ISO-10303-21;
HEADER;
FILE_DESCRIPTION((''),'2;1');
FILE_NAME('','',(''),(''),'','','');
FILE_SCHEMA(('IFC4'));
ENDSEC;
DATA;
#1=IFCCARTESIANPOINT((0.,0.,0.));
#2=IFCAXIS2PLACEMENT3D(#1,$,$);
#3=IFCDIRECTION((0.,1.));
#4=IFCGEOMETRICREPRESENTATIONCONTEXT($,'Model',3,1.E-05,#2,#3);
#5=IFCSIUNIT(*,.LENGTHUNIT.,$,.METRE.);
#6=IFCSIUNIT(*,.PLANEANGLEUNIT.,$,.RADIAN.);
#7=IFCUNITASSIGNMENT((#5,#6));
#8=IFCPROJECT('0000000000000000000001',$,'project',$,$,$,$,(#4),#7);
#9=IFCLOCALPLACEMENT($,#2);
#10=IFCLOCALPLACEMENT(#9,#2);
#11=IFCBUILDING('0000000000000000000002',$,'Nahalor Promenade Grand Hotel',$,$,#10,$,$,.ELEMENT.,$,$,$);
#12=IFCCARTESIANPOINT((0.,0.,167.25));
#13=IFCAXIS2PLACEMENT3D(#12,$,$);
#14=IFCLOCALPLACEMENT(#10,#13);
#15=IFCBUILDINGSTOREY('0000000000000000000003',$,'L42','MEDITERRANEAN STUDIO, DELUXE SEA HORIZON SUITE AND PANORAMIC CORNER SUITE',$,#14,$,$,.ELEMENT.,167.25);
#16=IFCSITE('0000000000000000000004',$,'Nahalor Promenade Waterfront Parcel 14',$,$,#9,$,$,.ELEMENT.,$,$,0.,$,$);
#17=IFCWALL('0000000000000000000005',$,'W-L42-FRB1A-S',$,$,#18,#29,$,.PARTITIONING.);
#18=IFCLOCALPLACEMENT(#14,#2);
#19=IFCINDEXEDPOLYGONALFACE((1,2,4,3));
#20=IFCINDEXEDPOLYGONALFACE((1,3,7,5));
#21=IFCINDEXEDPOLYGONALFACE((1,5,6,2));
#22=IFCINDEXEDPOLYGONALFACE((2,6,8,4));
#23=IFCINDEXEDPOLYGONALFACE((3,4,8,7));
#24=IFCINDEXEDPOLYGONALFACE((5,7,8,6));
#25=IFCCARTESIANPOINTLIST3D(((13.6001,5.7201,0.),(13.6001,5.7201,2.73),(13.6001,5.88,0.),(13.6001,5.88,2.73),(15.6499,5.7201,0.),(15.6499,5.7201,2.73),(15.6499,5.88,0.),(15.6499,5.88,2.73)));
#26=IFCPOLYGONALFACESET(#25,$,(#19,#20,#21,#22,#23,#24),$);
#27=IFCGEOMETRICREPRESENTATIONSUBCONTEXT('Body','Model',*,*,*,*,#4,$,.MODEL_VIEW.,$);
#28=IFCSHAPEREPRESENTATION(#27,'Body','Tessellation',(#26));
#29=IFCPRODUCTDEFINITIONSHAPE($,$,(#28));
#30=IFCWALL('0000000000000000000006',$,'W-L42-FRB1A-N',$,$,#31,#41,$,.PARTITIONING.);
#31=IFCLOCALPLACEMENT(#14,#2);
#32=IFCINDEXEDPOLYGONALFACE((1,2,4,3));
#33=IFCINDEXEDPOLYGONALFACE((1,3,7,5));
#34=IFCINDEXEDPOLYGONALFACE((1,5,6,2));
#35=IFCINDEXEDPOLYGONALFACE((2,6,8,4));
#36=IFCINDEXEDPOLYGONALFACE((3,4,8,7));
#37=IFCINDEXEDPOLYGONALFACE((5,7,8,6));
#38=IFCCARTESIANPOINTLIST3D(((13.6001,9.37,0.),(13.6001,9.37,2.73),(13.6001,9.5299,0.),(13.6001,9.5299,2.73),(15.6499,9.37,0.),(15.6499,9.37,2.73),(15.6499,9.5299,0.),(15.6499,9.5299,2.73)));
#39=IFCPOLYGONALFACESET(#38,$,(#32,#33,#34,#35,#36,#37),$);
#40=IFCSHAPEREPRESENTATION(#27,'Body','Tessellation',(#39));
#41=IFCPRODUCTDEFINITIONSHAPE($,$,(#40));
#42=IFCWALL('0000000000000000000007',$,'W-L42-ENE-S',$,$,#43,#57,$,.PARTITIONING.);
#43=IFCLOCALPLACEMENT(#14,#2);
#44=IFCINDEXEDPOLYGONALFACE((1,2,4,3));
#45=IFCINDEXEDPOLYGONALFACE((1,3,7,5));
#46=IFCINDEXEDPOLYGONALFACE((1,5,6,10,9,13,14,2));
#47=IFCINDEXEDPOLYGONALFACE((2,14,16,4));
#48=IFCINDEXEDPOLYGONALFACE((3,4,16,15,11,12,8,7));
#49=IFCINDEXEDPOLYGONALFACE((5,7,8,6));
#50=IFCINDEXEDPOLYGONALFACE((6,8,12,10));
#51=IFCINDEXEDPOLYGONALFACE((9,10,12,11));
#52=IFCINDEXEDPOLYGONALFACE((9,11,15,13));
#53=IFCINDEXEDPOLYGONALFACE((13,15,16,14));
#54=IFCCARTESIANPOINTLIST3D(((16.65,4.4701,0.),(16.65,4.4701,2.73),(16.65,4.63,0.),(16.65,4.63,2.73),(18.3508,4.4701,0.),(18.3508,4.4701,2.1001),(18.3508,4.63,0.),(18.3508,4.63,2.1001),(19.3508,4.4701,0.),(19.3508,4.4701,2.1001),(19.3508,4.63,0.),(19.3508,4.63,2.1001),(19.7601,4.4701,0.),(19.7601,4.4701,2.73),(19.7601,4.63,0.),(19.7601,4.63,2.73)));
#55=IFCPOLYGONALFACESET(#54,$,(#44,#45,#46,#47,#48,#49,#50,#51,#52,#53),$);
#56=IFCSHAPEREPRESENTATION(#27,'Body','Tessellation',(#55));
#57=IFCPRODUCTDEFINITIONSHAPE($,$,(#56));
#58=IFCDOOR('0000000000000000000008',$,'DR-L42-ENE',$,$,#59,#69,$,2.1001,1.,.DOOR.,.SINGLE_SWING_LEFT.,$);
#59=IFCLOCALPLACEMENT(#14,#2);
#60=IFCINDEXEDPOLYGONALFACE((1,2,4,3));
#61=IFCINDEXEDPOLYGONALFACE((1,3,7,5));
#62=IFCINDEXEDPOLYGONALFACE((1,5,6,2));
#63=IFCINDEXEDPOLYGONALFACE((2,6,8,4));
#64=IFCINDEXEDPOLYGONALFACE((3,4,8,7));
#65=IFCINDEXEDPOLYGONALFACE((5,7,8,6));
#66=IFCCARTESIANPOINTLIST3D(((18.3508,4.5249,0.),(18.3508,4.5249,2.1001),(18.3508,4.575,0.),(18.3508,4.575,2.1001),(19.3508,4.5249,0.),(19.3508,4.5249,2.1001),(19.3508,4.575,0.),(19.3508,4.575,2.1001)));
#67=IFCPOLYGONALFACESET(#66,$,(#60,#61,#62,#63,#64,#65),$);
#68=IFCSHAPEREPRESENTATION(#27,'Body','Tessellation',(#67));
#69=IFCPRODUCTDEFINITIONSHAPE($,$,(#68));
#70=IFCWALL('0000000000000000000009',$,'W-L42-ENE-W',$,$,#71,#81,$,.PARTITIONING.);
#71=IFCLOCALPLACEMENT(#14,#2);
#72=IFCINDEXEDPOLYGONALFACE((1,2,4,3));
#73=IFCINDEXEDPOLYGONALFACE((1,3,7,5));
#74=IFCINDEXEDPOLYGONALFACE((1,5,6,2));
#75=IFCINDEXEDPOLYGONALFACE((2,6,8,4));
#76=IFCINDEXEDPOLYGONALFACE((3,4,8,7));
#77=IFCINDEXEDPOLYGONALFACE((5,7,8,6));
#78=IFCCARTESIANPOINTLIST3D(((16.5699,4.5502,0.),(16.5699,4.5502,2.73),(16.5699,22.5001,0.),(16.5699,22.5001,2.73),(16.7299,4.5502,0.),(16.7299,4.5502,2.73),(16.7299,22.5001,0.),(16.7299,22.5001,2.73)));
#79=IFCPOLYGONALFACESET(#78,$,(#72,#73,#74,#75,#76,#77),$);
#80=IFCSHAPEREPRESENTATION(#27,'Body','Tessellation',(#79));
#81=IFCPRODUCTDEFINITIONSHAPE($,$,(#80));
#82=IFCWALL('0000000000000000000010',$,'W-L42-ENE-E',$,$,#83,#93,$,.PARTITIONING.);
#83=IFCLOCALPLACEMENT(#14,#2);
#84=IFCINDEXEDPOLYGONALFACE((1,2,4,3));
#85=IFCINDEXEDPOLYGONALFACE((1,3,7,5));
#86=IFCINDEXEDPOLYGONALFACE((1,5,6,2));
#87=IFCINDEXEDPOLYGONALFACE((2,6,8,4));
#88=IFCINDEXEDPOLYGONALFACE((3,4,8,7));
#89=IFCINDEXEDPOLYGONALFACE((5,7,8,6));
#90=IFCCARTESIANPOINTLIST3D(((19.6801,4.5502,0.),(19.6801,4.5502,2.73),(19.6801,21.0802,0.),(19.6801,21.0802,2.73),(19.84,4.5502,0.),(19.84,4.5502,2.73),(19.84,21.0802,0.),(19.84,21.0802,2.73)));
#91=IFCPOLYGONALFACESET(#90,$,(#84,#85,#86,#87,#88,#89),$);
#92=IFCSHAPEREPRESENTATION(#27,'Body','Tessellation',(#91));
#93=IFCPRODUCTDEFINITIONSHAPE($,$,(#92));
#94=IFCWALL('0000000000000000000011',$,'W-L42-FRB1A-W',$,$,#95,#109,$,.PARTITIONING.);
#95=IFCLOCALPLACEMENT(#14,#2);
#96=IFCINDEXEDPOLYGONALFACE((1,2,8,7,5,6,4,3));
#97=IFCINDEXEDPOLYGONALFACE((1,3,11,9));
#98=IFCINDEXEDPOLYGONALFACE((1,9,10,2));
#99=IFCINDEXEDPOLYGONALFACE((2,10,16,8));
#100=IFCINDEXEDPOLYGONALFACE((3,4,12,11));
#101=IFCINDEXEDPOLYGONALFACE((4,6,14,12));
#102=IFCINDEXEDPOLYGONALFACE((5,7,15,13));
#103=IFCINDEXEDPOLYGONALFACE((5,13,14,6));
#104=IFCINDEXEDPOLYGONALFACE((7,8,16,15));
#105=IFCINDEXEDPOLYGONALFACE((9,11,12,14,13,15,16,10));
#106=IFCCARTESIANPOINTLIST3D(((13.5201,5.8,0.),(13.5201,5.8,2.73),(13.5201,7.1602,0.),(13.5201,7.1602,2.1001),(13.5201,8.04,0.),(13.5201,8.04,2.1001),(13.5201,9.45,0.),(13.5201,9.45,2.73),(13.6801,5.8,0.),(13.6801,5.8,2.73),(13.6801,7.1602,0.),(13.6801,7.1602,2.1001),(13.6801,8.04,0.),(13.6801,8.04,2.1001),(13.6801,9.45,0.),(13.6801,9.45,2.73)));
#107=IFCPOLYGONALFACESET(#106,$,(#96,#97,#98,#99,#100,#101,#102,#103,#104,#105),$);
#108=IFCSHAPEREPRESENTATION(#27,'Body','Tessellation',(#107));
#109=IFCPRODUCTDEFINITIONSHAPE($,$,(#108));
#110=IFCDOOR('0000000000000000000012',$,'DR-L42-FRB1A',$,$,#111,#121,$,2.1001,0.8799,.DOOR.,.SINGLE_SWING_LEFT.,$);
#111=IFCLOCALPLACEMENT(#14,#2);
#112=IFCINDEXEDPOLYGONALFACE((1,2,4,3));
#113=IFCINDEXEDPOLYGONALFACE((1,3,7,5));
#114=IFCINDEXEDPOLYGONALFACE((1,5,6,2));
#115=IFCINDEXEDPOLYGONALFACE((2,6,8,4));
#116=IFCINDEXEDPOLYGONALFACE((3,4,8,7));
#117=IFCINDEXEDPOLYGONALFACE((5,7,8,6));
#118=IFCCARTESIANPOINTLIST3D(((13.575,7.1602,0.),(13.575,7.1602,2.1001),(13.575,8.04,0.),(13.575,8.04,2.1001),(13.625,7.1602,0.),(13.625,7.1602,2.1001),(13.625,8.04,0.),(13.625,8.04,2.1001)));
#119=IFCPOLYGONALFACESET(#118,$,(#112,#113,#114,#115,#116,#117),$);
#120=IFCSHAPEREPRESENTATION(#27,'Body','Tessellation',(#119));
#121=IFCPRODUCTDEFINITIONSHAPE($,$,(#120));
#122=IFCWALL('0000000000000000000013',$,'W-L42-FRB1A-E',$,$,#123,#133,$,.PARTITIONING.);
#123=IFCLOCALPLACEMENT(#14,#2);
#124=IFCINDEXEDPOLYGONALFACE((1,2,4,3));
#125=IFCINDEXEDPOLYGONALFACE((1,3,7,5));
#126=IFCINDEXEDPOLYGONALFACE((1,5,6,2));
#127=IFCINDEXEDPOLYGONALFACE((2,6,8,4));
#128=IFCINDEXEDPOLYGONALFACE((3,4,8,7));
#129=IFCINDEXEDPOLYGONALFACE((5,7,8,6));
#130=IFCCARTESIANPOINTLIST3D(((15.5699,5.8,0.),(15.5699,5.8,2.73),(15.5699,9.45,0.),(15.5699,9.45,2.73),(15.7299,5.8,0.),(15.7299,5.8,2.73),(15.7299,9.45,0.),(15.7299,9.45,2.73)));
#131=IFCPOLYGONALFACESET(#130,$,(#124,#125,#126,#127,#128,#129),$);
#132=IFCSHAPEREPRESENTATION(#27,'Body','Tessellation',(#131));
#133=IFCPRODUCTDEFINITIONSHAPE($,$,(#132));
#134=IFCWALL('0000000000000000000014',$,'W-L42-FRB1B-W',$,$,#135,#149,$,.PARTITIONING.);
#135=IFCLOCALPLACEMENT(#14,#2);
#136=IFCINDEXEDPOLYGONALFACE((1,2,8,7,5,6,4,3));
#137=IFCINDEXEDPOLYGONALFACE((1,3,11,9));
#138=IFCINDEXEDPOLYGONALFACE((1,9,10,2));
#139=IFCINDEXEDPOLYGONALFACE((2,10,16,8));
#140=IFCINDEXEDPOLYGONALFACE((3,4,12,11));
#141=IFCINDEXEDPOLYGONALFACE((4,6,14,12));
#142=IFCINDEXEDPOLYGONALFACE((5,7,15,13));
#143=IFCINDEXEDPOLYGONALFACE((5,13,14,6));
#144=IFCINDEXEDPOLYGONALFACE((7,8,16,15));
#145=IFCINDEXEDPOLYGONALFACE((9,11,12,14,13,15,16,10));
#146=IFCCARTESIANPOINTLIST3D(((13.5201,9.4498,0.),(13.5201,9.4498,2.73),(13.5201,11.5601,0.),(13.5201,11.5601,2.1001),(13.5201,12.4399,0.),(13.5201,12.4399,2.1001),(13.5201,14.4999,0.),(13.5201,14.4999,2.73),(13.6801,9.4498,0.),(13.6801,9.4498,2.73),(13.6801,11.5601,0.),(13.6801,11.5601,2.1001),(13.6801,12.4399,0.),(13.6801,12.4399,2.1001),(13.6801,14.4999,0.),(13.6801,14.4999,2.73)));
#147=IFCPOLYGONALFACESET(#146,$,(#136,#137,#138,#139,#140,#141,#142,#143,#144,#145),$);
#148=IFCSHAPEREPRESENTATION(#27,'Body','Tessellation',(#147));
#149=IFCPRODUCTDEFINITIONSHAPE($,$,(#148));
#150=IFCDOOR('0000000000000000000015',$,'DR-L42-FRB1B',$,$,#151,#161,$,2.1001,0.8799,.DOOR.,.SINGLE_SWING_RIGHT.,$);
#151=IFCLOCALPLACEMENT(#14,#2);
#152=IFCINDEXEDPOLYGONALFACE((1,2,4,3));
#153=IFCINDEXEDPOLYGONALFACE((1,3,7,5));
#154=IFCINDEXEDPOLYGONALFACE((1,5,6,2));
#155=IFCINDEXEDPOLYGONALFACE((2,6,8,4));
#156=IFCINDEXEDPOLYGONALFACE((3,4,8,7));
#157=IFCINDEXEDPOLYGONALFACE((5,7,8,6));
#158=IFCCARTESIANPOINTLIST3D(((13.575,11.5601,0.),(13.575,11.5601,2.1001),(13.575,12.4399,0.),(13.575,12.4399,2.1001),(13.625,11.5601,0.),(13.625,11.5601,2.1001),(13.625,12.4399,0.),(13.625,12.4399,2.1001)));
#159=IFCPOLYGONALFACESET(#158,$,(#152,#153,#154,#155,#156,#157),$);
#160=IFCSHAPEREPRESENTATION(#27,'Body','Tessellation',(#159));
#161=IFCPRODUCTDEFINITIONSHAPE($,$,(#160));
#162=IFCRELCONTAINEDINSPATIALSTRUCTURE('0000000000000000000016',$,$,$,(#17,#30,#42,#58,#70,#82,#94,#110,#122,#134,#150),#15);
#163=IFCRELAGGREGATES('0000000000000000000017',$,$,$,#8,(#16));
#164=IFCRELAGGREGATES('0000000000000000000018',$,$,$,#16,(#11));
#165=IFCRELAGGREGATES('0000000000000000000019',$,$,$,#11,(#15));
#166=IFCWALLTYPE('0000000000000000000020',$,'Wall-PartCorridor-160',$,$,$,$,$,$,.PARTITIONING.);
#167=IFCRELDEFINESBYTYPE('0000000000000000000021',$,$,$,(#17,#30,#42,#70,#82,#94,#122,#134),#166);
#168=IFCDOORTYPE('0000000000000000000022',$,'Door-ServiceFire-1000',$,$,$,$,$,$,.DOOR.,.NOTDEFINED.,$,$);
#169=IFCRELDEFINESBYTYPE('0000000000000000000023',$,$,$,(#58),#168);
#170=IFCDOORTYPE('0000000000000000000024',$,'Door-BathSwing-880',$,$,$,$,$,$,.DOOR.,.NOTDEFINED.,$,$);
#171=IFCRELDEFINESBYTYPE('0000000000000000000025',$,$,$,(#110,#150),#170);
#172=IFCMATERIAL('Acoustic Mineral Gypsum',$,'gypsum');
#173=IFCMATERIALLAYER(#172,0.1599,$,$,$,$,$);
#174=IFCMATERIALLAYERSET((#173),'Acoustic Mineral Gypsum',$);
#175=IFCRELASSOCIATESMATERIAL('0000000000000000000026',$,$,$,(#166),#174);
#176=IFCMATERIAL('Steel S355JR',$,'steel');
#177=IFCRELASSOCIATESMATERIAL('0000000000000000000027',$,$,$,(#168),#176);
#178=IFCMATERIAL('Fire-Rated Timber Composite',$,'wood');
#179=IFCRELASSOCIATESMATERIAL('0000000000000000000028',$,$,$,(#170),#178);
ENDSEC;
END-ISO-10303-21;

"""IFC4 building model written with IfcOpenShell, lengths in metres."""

from ifc_helpers import new_model, si_unit, direction, frame, frame_2d, origin, place, context, subcontext, project, spatial, rectangle, extrude, source, transform, mapped, material, layer, layer_set, type_object, element, fill, save


model = new_model("IFC4")

# Units and contexts
model_context = context("Model", 3, precision=1e-05, world=origin(), true_north=direction((0.0, 1.0)))
body_context = subcontext(model_context, "Body", "Model", "MODEL_VIEW")
ifc_project = project(units=[si_unit("LENGTHUNIT", "METRE"), si_unit("PLANEANGLEUNIT", "RADIAN")], contexts=[model_context])

# Site, building, storey
site_placement = place(None, origin())
site = spatial("IfcSite", under=ifc_project, at=site_placement, Name="Nahalor Promenade Waterfront Parcel 14", CompositionType="ELEMENT", RefElevation=0.0)
building_placement = place(site_placement, origin())
building = spatial("IfcBuilding", under=site, at=building_placement, Name="Nahalor Promenade Grand Hotel", CompositionType="ELEMENT")
storey_placement = place(building_placement, frame((0.0, 0.0, 167.25)))
storey = spatial("IfcBuildingStorey", under=building, at=storey_placement, Name="L42", Description="MEDITERRANEAN STUDIO, DELUXE SEA HORIZON SUITE AND PANORAMIC CORNER SUITE", CompositionType="ELEMENT", Elevation=167.25)

# Shared definitions
ifc_material_1 = material(Name="Steel S355JR", Category="steel")

# Walls
ifc_material_2 = material(Name="Acoustic Mineral Gypsum", Category="gypsum")
ifc_layer_1 = layer(ifc_material_2, 0.1599)
ifc_layer_set_1 = layer_set([ifc_layer_1], Name="Acoustic Mineral Gypsum")
wall_type_1 = type_object("IfcWallType", Name="Wall-PartCorridor-160", PredefinedType="PARTITIONING", material=ifc_layer_set_1)
shared_shape_1 = source(origin(), body_context, "Body", "SweptSolid", [
    extrude(rectangle(XDim=2.0498, YDim=0.1599, at=frame_2d((1.0249, 0.0))), origin(), (0.0, 0.0, 1.0), 2.73),
])
for number, where, z_axis, x_axis, name in (
    (1, (13.6001, 5.8, 0.0), (0.0, 0.0, 1.0), (1.0, 0.0, 0.0), "W-L42-FRB1A-S"),
    (2, (13.6001, 9.45, 0.0), (0.0, 0.0, 1.0), (1.0, 0.0, 0.0), "W-L42-FRB1A-N"),
):
    element("IfcWall", number, at=place(storey_placement, frame(where, z_axis=z_axis, x_axis=x_axis)), inside=storey, type_object=wall_type_1, Name=name, PredefinedType="PARTITIONING", context=body_context, shape_type="MappedRepresentation", body=[
        mapped(shared_shape_1, transform((0.0, 0.0, 0.0), scale=1.0)),
    ])

# Wall, opening, door
shared_shape_2 = source(origin(), body_context, "Body", "SweptSolid", [
    extrude(rectangle(XDim=3.1101, YDim=0.1599, at=frame_2d((1.5552, 0.0))), origin(), (0.0, 0.0, 1.0), 2.73),
])
wall_1_placement = place(storey_placement, frame((16.6499, 4.55, 0.0), z_axis=(0.0, 0.0, 1.0), x_axis=(1.0, 0.0, 0.0)))
wall_1 = element("IfcWall", 3, at=wall_1_placement, inside=storey, type_object=wall_type_1, Name="W-L42-ENE-S", PredefinedType="PARTITIONING", context=body_context, shape_type="MappedRepresentation", body=[
    mapped(shared_shape_2, transform((0.0, 0.0, 0.0), scale=1.0)),
])
opening_1_placement = place(wall_1_placement, frame((1.7009, 0.0, 0.0)))
opening_1 = element("IfcOpeningElement", 4, at=opening_1_placement, cuts=wall_1, PredefinedType="OPENING", context=body_context, shape_type="SweptSolid", body=[
    extrude(rectangle(XDim=1.0, YDim=2.1001, at=frame_2d((0.5, 1.05))), frame((0.0, 0.0898, 0.0), z_axis=(0.0, -1.0, 0.0), x_axis=(1.0, 0.0, 0.0)), (0.0, 0.0, 1.0), 0.1799),
])
door_type_1 = type_object("IfcDoorType", Name="Door-ServiceFire-1000", OperationType="NOTDEFINED", PredefinedType="DOOR", material=ifc_material_1)
shared_shape_3 = source(origin(), body_context, "Body", "SweptSolid", [
    extrude(rectangle(XDim=1.0, YDim=2.1001, at=frame_2d((0.5, 1.05))), frame((0.0, 0.0249, 0.0), z_axis=(0.0, -1.0, 0.0), x_axis=(1.0, 0.0, 0.0)), (0.0, 0.0, 1.0), 0.05),
])
door_1_placement = place(opening_1_placement, origin())
door_1 = element("IfcDoor", 5, at=door_1_placement, inside=storey, type_object=door_type_1, Name="DR-L42-ENE", OperationType="SINGLE_SWING_LEFT", OverallHeight=2.1001, OverallWidth=1.0, PredefinedType="DOOR", context=body_context, shape_type="MappedRepresentation", body=[
    mapped(shared_shape_3, transform((0.0, 0.0, 0.0), scale=1.0)),
])
fill(opening_1, door_1)

# Walls
shared_shape_4 = source(origin(), body_context, "Body", "SweptSolid", [
    extrude(rectangle(XDim=17.95, YDim=0.1599, at=frame_2d((8.9751, 0.0))), origin(), (0.0, 0.0, 1.0), 2.73),
])
wall_2_placement = place(storey_placement, frame((16.6499, 4.55, 0.0), z_axis=(0.0, 0.0, 1.0), x_axis=(0.0, 1.0, 0.0)))
element("IfcWall", 6, at=wall_2_placement, inside=storey, type_object=wall_type_1, Name="W-L42-ENE-W", PredefinedType="PARTITIONING", context=body_context, shape_type="MappedRepresentation", body=[
    mapped(shared_shape_4, transform((0.0, 0.0, 0.0), scale=1.0)),
])
shared_shape_5 = source(origin(), body_context, "Body", "SweptSolid", [
    extrude(rectangle(XDim=16.53, YDim=0.1599, at=frame_2d((8.2651, 0.0))), origin(), (0.0, 0.0, 1.0), 2.73),
])
wall_3_placement = place(storey_placement, frame((19.76, 4.55, 0.0), z_axis=(0.0, 0.0, 1.0), x_axis=(0.0, 1.0, 0.0)))
element("IfcWall", 7, at=wall_3_placement, inside=storey, type_object=wall_type_1, Name="W-L42-ENE-E", PredefinedType="PARTITIONING", context=body_context, shape_type="MappedRepresentation", body=[
    mapped(shared_shape_5, transform((0.0, 0.0, 0.0), scale=1.0)),
])

# Wall, opening, door
shared_shape_6 = source(origin(), body_context, "Body", "SweptSolid", [
    extrude(rectangle(XDim=3.6499, YDim=0.1599, at=frame_2d((1.825, 0.0))), origin(), (0.0, 0.0, 1.0), 2.73),
])
wall_4_placement = place(storey_placement, frame((13.6001, 5.8, 0.0), z_axis=(0.0, 0.0, 1.0), x_axis=(0.0, 1.0, 0.0)))
wall_4 = element("IfcWall", 8, at=wall_4_placement, inside=storey, type_object=wall_type_1, Name="W-L42-FRB1A-W", PredefinedType="PARTITIONING", context=body_context, shape_type="MappedRepresentation", body=[
    mapped(shared_shape_6, transform((0.0, 0.0, 0.0), scale=1.0)),
])
opening_2_placement = place(wall_4_placement, frame((1.3601, 0.0, 0.0)))
opening_2 = element("IfcOpeningElement", 9, at=opening_2_placement, cuts=wall_4, PredefinedType="OPENING", context=body_context, shape_type="SweptSolid", body=[
    extrude(rectangle(XDim=0.8799, YDim=2.1001, at=frame_2d((0.4399, 1.05))), frame((0.0, 0.0898, 0.0), z_axis=(0.0, -1.0, 0.0), x_axis=(1.0, 0.0, 0.0)), (0.0, 0.0, 1.0), 0.1799),
])
ifc_material_3 = material(Name="Fire-Rated Timber Composite", Category="wood")
door_type_2 = type_object("IfcDoorType", Name="Door-BathSwing-880", OperationType="NOTDEFINED", PredefinedType="DOOR", material=ifc_material_3)
shared_shape_7 = source(origin(), body_context, "Body", "SweptSolid", [
    extrude(rectangle(XDim=0.8799, YDim=2.1001, at=frame_2d((0.4399, 1.05))), frame((0.0, 0.0249, 0.0), z_axis=(0.0, -1.0, 0.0), x_axis=(1.0, 0.0, 0.0)), (0.0, 0.0, 1.0), 0.05),
])
door_2_placement = place(opening_2_placement, frame((0.8799, 0.0, 0.0), z_axis=(0.0, 0.0, 1.0), x_axis=(-1.0, 0.0, 0.0)))
door_2 = element("IfcDoor", 10, at=door_2_placement, inside=storey, type_object=door_type_2, Name="DR-L42-FRB1A", OperationType="SINGLE_SWING_LEFT", OverallHeight=2.1001, OverallWidth=0.8799, PredefinedType="DOOR", context=body_context, shape_type="MappedRepresentation", body=[
    mapped(shared_shape_7, transform((0.0, 0.0, 0.0), scale=1.0)),
])
fill(opening_2, door_2)

# Wall
wall_5_placement = place(storey_placement, frame((15.6499, 5.8, 0.0), z_axis=(0.0, 0.0, 1.0), x_axis=(0.0, 1.0, 0.0)))
element("IfcWall", 11, at=wall_5_placement, inside=storey, type_object=wall_type_1, Name="W-L42-FRB1A-E", PredefinedType="PARTITIONING", context=body_context, shape_type="MappedRepresentation", body=[
    mapped(shared_shape_6, transform((0.0, 0.0, 0.0), scale=1.0)),
])

# Wall, opening, door
shared_shape_8 = source(origin(), body_context, "Body", "SweptSolid", [
    extrude(rectangle(XDim=5.05, YDim=0.1599, at=frame_2d((2.5249, 0.0))), origin(), (0.0, 0.0, 1.0), 2.73),
])
wall_6_placement = place(storey_placement, frame((13.6001, 9.45, 0.0), z_axis=(0.0, 0.0, 1.0), x_axis=(0.0, 1.0, 0.0)))
wall_6 = element("IfcWall", 12, at=wall_6_placement, inside=storey, type_object=wall_type_1, Name="W-L42-FRB1B-W", PredefinedType="PARTITIONING", context=body_context, shape_type="MappedRepresentation", body=[
    mapped(shared_shape_8, transform((0.0, 0.0, 0.0), scale=1.0)),
])
opening_3_placement = place(wall_6_placement, frame((2.1101, 0.0, 0.0)))
opening_3 = element("IfcOpeningElement", 13, at=opening_3_placement, cuts=wall_6, PredefinedType="OPENING", context=body_context, shape_type="SweptSolid", body=[
    extrude(rectangle(XDim=0.8799, YDim=2.1001, at=frame_2d((0.4399, 1.05))), frame((0.0, 0.0898, 0.0), z_axis=(0.0, -1.0, 0.0), x_axis=(1.0, 0.0, 0.0)), (0.0, 0.0, 1.0), 0.1799),
])
door_3_placement = place(opening_3_placement, frame((0.8799, 0.0, 0.0), z_axis=(0.0, 0.0, 1.0), x_axis=(-1.0, 0.0, 0.0)))
door_3 = element("IfcDoor", 14, at=door_3_placement, inside=storey, type_object=door_type_2, Name="DR-L42-FRB1B", OperationType="SINGLE_SWING_RIGHT", OverallHeight=2.1001, OverallWidth=0.8799, PredefinedType="DOOR", context=body_context, shape_type="MappedRepresentation", body=[
    mapped(shared_shape_7, transform((0.0, 0.0, 0.0), scale=1.0)),
])
fill(opening_3, door_3)

save(model, "model.ifc")
